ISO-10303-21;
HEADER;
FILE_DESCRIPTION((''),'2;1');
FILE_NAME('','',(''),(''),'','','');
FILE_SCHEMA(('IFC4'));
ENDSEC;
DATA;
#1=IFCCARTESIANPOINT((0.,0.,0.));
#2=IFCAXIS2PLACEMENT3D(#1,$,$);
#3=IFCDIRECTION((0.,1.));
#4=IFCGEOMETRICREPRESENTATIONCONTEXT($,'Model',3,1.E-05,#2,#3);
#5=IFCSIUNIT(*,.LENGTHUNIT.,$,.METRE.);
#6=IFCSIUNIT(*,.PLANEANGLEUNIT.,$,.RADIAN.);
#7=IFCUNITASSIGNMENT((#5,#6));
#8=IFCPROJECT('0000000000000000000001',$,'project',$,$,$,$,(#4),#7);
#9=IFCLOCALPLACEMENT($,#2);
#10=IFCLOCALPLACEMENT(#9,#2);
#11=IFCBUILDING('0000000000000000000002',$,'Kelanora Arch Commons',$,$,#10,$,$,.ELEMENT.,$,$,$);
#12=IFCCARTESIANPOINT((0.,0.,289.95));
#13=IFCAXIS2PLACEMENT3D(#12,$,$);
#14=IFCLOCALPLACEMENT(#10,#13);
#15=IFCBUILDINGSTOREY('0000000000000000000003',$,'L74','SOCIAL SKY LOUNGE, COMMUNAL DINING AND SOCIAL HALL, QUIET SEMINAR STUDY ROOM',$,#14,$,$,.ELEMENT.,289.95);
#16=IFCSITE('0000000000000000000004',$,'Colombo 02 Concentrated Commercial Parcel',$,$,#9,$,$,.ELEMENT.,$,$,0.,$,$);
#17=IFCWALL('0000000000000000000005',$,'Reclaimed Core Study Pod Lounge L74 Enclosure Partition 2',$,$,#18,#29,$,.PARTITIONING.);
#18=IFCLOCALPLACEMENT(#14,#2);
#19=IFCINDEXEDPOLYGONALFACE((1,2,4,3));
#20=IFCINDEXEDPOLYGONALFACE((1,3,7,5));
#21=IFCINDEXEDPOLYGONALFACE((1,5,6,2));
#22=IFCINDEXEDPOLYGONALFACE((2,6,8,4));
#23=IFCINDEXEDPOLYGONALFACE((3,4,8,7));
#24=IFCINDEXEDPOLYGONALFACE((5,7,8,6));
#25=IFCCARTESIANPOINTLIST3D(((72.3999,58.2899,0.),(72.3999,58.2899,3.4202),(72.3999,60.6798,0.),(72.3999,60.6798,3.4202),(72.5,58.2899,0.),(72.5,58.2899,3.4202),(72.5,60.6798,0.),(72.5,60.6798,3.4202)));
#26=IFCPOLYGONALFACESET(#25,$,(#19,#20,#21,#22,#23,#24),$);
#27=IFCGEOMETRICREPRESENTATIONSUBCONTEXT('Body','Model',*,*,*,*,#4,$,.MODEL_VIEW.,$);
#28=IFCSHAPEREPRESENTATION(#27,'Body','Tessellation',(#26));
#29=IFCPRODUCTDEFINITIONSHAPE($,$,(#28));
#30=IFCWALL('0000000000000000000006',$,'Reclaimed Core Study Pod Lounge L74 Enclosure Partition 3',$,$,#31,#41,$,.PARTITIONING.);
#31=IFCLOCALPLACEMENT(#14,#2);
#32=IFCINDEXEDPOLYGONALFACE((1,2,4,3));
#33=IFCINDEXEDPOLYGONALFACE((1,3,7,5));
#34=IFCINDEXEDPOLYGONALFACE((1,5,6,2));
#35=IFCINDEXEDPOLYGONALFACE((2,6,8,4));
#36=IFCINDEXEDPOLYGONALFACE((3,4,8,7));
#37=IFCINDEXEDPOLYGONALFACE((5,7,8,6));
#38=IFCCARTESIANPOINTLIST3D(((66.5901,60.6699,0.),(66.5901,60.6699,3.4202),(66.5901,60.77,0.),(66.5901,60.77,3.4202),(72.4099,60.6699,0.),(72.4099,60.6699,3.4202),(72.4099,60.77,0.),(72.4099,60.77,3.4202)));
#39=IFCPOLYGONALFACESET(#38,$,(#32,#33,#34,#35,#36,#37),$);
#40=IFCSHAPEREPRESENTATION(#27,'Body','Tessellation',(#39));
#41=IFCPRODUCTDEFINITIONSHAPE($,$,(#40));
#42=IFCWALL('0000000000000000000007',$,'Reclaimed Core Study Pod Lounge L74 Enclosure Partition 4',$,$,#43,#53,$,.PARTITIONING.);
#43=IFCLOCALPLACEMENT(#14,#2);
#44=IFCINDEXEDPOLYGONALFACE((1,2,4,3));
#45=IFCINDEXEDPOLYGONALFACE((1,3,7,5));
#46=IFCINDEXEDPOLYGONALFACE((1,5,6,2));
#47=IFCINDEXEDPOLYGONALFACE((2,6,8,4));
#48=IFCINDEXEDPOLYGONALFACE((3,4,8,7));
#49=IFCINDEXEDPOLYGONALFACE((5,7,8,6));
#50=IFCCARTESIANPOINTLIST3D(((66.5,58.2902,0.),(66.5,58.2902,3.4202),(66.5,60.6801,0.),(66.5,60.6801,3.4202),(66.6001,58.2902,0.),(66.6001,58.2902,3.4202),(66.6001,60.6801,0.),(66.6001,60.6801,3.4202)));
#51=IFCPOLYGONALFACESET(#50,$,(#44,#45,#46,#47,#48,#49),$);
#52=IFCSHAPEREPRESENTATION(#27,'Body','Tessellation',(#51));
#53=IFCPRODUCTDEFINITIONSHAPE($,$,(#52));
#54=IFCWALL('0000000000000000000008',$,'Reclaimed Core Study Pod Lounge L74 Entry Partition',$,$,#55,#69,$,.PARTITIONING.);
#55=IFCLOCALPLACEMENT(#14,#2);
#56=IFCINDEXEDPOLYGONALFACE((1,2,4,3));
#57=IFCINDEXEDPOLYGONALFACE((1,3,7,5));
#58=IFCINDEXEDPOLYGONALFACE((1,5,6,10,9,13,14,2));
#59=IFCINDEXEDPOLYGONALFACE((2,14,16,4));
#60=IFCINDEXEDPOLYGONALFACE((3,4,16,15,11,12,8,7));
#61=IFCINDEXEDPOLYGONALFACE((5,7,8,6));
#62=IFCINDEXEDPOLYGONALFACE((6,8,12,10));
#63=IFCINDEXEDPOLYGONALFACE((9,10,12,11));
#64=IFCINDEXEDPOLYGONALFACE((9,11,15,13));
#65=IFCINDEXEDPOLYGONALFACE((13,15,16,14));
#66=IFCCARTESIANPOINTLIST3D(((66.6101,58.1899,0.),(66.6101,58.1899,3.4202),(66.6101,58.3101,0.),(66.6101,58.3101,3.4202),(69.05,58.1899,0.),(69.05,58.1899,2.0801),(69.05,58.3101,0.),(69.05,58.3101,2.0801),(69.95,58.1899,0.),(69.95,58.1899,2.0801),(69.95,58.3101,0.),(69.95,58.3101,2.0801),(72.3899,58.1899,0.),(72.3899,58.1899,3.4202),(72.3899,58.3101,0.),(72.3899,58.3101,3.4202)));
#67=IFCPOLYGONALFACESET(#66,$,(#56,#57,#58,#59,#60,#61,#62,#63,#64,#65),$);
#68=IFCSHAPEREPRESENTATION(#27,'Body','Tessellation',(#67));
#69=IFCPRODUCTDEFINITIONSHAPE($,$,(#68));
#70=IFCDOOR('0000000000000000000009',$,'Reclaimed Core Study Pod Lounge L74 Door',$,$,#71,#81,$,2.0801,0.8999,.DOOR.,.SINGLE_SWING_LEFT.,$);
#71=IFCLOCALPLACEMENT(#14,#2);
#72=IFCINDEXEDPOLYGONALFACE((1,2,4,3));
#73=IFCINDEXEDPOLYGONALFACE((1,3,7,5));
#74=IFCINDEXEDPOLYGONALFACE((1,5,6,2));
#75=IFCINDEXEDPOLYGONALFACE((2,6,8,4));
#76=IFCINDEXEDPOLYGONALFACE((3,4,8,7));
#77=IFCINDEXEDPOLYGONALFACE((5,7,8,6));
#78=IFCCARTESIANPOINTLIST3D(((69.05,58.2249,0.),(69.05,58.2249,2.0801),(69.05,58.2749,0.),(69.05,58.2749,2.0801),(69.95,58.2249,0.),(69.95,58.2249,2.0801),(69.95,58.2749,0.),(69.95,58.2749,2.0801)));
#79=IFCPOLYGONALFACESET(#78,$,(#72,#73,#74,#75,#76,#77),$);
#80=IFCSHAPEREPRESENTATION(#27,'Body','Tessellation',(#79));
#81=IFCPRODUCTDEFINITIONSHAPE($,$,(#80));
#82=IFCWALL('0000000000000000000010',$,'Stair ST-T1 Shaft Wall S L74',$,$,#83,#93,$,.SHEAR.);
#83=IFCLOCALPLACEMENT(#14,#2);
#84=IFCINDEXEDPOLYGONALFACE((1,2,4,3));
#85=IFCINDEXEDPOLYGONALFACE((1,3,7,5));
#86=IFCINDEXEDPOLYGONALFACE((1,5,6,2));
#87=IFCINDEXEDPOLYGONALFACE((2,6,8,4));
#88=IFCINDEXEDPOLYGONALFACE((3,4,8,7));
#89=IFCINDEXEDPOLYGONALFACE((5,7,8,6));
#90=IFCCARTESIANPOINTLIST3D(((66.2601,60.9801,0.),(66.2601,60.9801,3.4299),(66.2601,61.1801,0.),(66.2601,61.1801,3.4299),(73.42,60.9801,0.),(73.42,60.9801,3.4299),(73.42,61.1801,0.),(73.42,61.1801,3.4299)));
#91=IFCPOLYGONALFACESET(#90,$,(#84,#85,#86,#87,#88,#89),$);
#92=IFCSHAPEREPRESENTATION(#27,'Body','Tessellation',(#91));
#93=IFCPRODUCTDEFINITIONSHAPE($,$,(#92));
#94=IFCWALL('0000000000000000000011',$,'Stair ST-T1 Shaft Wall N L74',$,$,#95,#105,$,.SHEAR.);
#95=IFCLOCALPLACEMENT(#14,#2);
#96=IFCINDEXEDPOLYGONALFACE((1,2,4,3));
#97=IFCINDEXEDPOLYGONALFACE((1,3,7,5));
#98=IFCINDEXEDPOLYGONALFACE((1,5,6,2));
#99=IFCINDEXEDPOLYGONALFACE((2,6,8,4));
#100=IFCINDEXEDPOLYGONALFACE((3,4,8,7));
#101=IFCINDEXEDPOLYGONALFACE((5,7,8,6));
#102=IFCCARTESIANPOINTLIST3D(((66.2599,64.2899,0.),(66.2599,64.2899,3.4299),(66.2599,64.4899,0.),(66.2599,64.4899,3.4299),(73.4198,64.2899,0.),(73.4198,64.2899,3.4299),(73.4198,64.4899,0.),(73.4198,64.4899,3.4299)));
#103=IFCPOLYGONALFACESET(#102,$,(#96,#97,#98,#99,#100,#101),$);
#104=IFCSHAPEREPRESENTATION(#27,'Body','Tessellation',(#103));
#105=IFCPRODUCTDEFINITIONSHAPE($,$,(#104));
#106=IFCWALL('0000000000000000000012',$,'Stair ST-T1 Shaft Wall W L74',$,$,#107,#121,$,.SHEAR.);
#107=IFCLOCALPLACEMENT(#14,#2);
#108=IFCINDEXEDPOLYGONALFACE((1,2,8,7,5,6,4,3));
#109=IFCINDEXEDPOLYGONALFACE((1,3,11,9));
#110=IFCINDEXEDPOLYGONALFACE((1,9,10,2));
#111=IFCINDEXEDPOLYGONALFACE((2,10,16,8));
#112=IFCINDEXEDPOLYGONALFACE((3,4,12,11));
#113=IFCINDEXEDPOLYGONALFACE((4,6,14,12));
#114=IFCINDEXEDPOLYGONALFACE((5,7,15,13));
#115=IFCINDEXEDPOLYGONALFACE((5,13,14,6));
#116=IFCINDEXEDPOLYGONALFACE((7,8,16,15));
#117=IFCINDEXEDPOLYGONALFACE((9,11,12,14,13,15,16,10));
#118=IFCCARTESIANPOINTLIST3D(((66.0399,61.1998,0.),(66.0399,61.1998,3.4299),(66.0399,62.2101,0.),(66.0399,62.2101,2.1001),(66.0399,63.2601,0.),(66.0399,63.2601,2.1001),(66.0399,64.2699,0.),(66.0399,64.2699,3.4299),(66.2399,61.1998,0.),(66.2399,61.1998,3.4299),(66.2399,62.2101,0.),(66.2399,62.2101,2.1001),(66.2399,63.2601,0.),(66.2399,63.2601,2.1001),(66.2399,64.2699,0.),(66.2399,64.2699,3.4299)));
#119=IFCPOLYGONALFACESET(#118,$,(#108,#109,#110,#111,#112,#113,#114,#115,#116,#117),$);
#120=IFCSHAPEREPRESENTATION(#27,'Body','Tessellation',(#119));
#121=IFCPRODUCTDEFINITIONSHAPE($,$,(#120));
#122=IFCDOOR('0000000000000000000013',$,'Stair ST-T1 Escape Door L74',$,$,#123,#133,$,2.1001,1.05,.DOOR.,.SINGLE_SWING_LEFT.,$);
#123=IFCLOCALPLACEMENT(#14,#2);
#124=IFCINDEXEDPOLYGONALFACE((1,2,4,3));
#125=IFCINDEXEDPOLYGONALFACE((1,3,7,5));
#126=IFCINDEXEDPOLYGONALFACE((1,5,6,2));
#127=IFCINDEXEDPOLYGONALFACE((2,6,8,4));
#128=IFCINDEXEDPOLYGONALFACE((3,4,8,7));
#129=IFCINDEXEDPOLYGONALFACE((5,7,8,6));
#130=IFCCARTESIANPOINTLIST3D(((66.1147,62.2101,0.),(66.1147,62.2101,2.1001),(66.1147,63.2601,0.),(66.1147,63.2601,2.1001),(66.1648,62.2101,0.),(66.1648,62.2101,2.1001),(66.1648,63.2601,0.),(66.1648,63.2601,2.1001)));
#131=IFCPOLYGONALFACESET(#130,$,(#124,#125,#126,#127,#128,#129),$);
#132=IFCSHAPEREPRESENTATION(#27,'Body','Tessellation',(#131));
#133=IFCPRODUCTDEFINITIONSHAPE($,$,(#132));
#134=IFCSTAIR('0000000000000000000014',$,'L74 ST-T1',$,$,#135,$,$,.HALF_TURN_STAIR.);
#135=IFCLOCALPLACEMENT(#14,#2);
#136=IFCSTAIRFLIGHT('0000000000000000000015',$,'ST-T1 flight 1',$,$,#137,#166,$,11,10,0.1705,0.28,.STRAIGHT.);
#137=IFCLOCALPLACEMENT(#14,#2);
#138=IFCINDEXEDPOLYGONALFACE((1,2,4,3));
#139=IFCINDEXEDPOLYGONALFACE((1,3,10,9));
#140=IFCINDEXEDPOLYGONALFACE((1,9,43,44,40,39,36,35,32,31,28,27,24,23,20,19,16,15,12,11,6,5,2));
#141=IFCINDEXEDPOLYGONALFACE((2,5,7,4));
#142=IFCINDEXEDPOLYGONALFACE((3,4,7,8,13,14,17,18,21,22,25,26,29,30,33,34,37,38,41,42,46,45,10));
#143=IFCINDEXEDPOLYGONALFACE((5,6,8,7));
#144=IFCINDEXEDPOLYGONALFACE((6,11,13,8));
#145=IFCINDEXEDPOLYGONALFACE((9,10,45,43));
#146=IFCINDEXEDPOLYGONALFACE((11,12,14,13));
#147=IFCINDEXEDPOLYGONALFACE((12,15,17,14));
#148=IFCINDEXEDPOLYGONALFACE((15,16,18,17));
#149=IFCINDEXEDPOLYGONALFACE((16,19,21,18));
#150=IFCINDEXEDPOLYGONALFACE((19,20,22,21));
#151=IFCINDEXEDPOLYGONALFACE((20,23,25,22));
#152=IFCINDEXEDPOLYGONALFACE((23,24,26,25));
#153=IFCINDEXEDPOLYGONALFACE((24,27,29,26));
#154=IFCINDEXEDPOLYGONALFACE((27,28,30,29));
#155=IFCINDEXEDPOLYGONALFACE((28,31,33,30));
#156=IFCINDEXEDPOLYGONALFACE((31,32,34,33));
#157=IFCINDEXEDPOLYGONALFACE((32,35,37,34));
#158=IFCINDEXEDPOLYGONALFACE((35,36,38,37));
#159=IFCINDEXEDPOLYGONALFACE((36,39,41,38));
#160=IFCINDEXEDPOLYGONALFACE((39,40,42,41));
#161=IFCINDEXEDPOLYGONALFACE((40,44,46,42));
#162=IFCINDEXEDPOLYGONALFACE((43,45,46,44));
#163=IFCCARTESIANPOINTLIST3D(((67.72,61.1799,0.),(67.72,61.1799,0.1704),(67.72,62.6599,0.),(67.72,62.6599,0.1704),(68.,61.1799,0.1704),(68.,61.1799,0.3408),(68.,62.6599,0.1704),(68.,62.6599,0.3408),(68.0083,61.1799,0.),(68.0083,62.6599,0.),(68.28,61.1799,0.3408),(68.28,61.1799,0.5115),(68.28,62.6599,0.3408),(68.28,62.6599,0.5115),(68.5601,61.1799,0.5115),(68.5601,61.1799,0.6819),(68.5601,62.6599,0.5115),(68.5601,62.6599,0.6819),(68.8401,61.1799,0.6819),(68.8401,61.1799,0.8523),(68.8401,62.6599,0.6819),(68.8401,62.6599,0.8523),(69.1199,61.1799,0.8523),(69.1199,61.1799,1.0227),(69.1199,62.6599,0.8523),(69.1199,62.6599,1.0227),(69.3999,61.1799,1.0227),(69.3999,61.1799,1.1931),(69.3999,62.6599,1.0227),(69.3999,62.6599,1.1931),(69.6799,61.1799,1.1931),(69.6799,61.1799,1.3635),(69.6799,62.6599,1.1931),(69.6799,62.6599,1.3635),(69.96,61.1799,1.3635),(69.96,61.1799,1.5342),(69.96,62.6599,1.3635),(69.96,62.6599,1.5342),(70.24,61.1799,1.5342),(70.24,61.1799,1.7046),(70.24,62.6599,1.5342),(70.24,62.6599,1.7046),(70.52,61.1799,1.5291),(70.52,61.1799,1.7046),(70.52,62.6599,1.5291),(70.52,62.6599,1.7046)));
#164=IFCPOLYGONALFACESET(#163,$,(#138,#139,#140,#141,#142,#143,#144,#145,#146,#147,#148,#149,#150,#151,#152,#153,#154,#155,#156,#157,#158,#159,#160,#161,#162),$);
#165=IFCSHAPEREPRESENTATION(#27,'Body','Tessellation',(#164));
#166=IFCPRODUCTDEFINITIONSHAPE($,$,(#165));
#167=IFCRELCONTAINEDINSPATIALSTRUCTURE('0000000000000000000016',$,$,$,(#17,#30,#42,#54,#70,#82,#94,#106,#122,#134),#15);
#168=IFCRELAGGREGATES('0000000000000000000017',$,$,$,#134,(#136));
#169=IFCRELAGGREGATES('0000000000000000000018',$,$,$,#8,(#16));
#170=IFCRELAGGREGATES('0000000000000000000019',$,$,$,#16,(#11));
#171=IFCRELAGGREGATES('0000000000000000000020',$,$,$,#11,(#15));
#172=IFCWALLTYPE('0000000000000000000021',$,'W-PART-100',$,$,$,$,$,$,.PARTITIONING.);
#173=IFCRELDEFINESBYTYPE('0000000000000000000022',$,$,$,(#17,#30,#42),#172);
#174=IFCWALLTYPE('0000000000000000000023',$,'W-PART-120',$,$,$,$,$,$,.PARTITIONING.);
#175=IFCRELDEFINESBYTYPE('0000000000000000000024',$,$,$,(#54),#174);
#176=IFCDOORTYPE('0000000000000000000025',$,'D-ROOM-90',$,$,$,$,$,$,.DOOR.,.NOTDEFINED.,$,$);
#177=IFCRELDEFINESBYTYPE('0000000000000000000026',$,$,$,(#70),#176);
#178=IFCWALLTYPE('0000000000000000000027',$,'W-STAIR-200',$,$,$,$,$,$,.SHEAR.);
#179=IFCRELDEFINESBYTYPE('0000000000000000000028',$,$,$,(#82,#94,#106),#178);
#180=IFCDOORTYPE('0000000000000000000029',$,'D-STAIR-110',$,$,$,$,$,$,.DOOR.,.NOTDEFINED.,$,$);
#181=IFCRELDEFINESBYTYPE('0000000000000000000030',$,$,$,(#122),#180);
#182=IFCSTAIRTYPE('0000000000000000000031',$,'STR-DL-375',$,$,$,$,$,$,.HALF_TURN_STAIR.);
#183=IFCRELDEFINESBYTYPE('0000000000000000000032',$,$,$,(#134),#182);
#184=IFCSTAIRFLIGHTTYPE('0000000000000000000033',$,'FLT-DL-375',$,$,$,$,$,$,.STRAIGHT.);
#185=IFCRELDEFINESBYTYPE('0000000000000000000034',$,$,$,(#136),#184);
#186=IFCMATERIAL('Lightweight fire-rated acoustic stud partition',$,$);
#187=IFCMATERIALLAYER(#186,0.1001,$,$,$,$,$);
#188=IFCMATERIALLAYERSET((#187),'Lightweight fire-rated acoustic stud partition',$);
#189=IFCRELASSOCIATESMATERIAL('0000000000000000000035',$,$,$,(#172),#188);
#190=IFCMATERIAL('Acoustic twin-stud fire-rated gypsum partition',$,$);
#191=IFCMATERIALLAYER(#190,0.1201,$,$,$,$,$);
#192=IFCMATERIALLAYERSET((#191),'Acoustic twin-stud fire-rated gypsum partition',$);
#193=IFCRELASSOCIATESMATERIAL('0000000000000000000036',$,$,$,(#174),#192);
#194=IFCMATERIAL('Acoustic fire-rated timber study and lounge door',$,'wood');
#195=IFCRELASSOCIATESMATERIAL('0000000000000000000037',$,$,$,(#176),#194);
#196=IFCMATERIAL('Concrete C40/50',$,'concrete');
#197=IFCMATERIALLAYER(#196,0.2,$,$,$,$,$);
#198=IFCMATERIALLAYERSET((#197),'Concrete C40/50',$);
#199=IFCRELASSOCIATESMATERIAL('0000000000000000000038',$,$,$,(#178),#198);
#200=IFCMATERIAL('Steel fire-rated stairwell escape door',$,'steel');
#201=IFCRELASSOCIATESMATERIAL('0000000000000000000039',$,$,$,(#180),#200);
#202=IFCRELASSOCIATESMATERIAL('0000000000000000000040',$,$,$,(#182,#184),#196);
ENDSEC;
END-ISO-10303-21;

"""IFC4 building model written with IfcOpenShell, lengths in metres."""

from ifc_helpers import new_model, si_unit, direction, frame, frame_2d, origin, place, context, subcontext, project, spatial, polyline, rectangle, outline, extrude, material, layer, layer_set, type_object, element, fill, aggregate, save


model = new_model("IFC4")

# Units and contexts
model_context = context("Model", 3, precision=1e-05, world=origin(), true_north=direction((0.0, 1.0)))
body_context = subcontext(model_context, "Body", "Model", "MODEL_VIEW")
ifc_project = project(units=[si_unit("LENGTHUNIT", "METRE"), si_unit("PLANEANGLEUNIT", "RADIAN")], contexts=[model_context])

# Site, building, storey
site_placement = place(None, origin())
site = spatial("IfcSite", under=ifc_project, at=site_placement, Name="Colombo 02 Concentrated Commercial Parcel", CompositionType="ELEMENT", RefElevation=0.0)
building_placement = place(site_placement, origin())
building = spatial("IfcBuilding", under=site, at=building_placement, Name="Kelanora Arch Commons", CompositionType="ELEMENT")
storey_placement = place(building_placement, frame((0.0, 0.0, 289.95)))
storey = spatial("IfcBuildingStorey", under=building, at=storey_placement, Name="L74", Description="SOCIAL SKY LOUNGE, COMMUNAL DINING AND SOCIAL HALL, QUIET SEMINAR STUDY ROOM", CompositionType="ELEMENT", Elevation=289.95)

# Walls
ifc_material_1 = material(Name="Lightweight fire-rated acoustic stud partition")
ifc_layer_1 = layer(ifc_material_1, 0.1001)
ifc_layer_set_1 = layer_set([ifc_layer_1], Name="Lightweight fire-rated acoustic stud partition")
wall_type_1 = type_object("IfcWallType", Name="W-PART-100", PredefinedType="PARTITIONING", material=ifc_layer_set_1)
wall_1_placement = place(storey_placement, frame((72.45, 58.29, 0.0), z_axis=(0.0, 0.0, 1.0), x_axis=(0.0, 1.0, 0.0)))
element("IfcWall", 1, at=wall_1_placement, inside=storey, type_object=wall_type_1, Name="Reclaimed Core Study Pod Lounge L74 Enclosure Partition 2", PredefinedType="PARTITIONING", context=body_context, shape_type="SweptSolid", body=[
    extrude(rectangle(XDim=2.3899, YDim=0.1001, at=frame_2d((1.1948, 0.0))), origin(), (0.0, 0.0, 1.0), 3.4202),
])
wall_2_placement = place(storey_placement, frame((72.4099, 60.72, 0.0), z_axis=(0.0, 0.0, 1.0), x_axis=(-1.0, 0.0, 0.0)))
element("IfcWall", 2, at=wall_2_placement, inside=storey, type_object=wall_type_1, Name="Reclaimed Core Study Pod Lounge L74 Enclosure Partition 3", PredefinedType="PARTITIONING", context=body_context, shape_type="SweptSolid", body=[
    extrude(rectangle(XDim=5.8198, YDim=0.1001, at=frame_2d((2.9099, 0.0))), origin(), (0.0, 0.0, 1.0), 3.4202),
])
wall_3_placement = place(storey_placement, frame((66.55, 60.6799, 0.0), z_axis=(0.0, 0.0, 1.0), x_axis=(0.0, -1.0, 0.0)))
element("IfcWall", 3, at=wall_3_placement, inside=storey, type_object=wall_type_1, Name="Reclaimed Core Study Pod Lounge L74 Enclosure Partition 4", PredefinedType="PARTITIONING", context=body_context, shape_type="SweptSolid", body=[
    extrude(rectangle(XDim=2.3899, YDim=0.1001, at=frame_2d((1.1948, 0.0))), origin(), (0.0, 0.0, 1.0), 3.4202),
])

# Wall, opening, door
ifc_material_2 = material(Name="Acoustic twin-stud fire-rated gypsum partition")
ifc_layer_2 = layer(ifc_material_2, 0.1201)
ifc_layer_set_2 = layer_set([ifc_layer_2], Name="Acoustic twin-stud fire-rated gypsum partition")
wall_type_2 = type_object("IfcWallType", Name="W-PART-120", PredefinedType="PARTITIONING", material=ifc_layer_set_2)
wall_4_placement = place(storey_placement, frame((66.6101, 58.25, 0.0), z_axis=(0.0, 0.0, 1.0), x_axis=(1.0, 0.0, 0.0)))
wall_4 = element("IfcWall", 4, at=wall_4_placement, inside=storey, type_object=wall_type_2, Name="Reclaimed Core Study Pod Lounge L74 Entry Partition", PredefinedType="PARTITIONING", context=body_context, shape_type="SweptSolid", body=[
    extrude(rectangle(XDim=5.7798, YDim=0.1201, at=frame_2d((2.8899, 0.0))), origin(), (0.0, 0.0, 1.0), 3.4202),
])
opening_1_placement = place(wall_4_placement, frame((2.4399, 0.0, 0.0)))
opening_1 = element("IfcOpeningElement", 5, at=opening_1_placement, cuts=wall_4, PredefinedType="OPENING", context=body_context, shape_type="SweptSolid", body=[
    extrude(rectangle(XDim=0.8999, YDim=2.0801, at=frame_2d((0.45, 1.04))), frame((0.0, 0.0701, 0.0), z_axis=(0.0, -1.0, 0.0), x_axis=(1.0, 0.0, 0.0)), (0.0, 0.0, 1.0), 0.1401),
])
ifc_material_3 = material(Name="Acoustic fire-rated timber study and lounge door", Category="wood")
door_type_1 = type_object("IfcDoorType", Name="D-ROOM-90", OperationType="NOTDEFINED", PredefinedType="DOOR", material=ifc_material_3)
door_1_placement = place(opening_1_placement, origin())
door_1 = element("IfcDoor", 6, at=door_1_placement, inside=storey, type_object=door_type_1, Name="Reclaimed Core Study Pod Lounge L74 Door", OperationType="SINGLE_SWING_LEFT", OverallHeight=2.0801, OverallWidth=0.8999, PredefinedType="DOOR", context=body_context, shape_type="SweptSolid", body=[
    extrude(rectangle(XDim=0.8999, YDim=2.0801, at=frame_2d((0.45, 1.04))), frame((0.0, 0.0249, 0.0), z_axis=(0.0, -1.0, 0.0), x_axis=(1.0, 0.0, 0.0)), (0.0, 0.0, 1.0), 0.05),
])
fill(opening_1, door_1)

# Walls
ifc_material_4 = material(Name="Concrete C40/50", Category="concrete")
ifc_layer_3 = layer(ifc_material_4, 0.2)
ifc_layer_set_3 = layer_set([ifc_layer_3], Name="Concrete C40/50")
wall_type_3 = type_object("IfcWallType", Name="W-STAIR-200", PredefinedType="SHEAR", material=ifc_layer_set_3)
for number, where, z_axis, x_axis, name in (
    (7, (66.26, 61.0801, 0.0), (0.0, 0.0, 1.0), (1.0, 0.0, 0.0), "Stair ST-T1 Shaft Wall S L74"),
    (8, (73.4199, 64.3899, 0.0), (0.0, 0.0, 1.0), (-1.0, 0.0, 0.0), "Stair ST-T1 Shaft Wall N L74"),
):
    element("IfcWall", number, at=place(storey_placement, frame(where, z_axis=z_axis, x_axis=x_axis)), inside=storey, type_object=wall_type_3, Name=name, PredefinedType="SHEAR", context=body_context, shape_type="SweptSolid", body=[
        extrude(rectangle(XDim=7.1599, YDim=0.2, at=frame_2d((3.5801, 0.0))), origin(), (0.0, 0.0, 1.0), 3.4299),
    ])

# Wall, opening, door
wall_5_placement = place(storey_placement, frame((66.1399, 64.27, 0.0), z_axis=(0.0, 0.0, 1.0), x_axis=(0.0, -1.0, 0.0)))
wall_5 = element("IfcWall", 9, at=wall_5_placement, inside=storey, type_object=wall_type_3, Name="Stair ST-T1 Shaft Wall W L74", PredefinedType="SHEAR", context=body_context, shape_type="SweptSolid", body=[
    extrude(rectangle(XDim=3.0701, YDim=0.2, at=frame_2d((1.5352, 0.0))), origin(), (0.0, 0.0, 1.0), 3.4299),
])
opening_2_placement = place(wall_5_placement, frame((1.01, 0.0, 0.0)))
opening_2 = element("IfcOpeningElement", 10, at=opening_2_placement, cuts=wall_5, PredefinedType="OPENING", context=body_context, shape_type="SweptSolid", body=[
    extrude(rectangle(XDim=1.05, YDim=2.1001, at=frame_2d((0.5249, 1.05))), frame((0.0, 0.1099, 0.0), z_axis=(0.0, -1.0, 0.0), x_axis=(1.0, 0.0, 0.0)), (0.0, 0.0, 1.0), 0.22),
])
ifc_material_5 = material(Name="Steel fire-rated stairwell escape door", Category="steel")
door_type_2 = type_object("IfcDoorType", Name="D-STAIR-110", OperationType="NOTDEFINED", PredefinedType="DOOR", material=ifc_material_5)
door_2_placement = place(opening_2_placement, origin())
door_2 = element("IfcDoor", 11, at=door_2_placement, inside=storey, type_object=door_type_2, Name="Stair ST-T1 Escape Door L74", OperationType="SINGLE_SWING_LEFT", OverallHeight=2.1001, OverallWidth=1.05, PredefinedType="DOOR", context=body_context, shape_type="SweptSolid", body=[
    extrude(rectangle(XDim=1.05, YDim=2.1001, at=frame_2d((0.5249, 1.05))), frame((0.0, 0.0249, 0.0), z_axis=(0.0, -1.0, 0.0), x_axis=(1.0, 0.0, 0.0)), (0.0, 0.0, 1.0), 0.05),
])
fill(opening_2, door_2)

# Stair, stair flight
stair_type = type_object("IfcStairType", Name="STR-DL-375", PredefinedType="HALF_TURN_STAIR", material=ifc_material_4)
stair_placement = place(storey_placement, origin())
stair = element("IfcStair", 12, at=stair_placement, inside=storey, type_object=stair_type, Name="L74 ST-T1", PredefinedType="HALF_TURN_STAIR")
stair_flight_type = type_object("IfcStairFlightType", Name="FLT-DL-375", PredefinedType="STRAIGHT", material=ifc_material_4)
stair_flight_1_placement = place(storey_placement, frame((67.72, 61.9199, 0.0), z_axis=(0.0, 0.0, 1.0), x_axis=(1.0, 0.0, 0.0)))
stair_flight_1 = element("IfcStairFlight", 13, at=stair_flight_1_placement, type_object=stair_flight_type, Name="ST-T1 flight 1", NumberOfRisers=11, NumberOfTreads=10, PredefinedType="STRAIGHT", RiserHeight=0.1705, TreadLength=0.28, context=body_context, shape_type="SweptSolid", body=[
    extrude(outline(polyline([(0.0, 0.0), (0.0, 0.1704), (0.28, 0.1704), (0.28, 0.3408), (0.5601, 0.3408), (0.5601, 0.5115), (0.8401, 0.5115), (0.8401, 0.6819), (1.1201, 0.6819), (1.1201, 0.8523), (1.3999, 0.8523), (1.3999, 1.0227), (1.6799, 1.0227), (1.6799, 1.1931), (1.96, 1.1931), (1.96, 1.3635), (2.24, 1.3635), (2.24, 1.5342), (2.52, 1.5342), (2.52, 1.7046), (2.8, 1.7046), (2.8, 1.875), (2.8, 1.5291), (0.2883, 0.0), (0.0, 0.0)])), frame((0.0, 0.74, 0.0), z_axis=(0.0, -1.0, 0.0), x_axis=(1.0, 0.0, 0.0)), (0.0, 0.0, 1.0), 1.48),
])
aggregate(stair, [stair_flight_1])

save(model, "model.ifc")
